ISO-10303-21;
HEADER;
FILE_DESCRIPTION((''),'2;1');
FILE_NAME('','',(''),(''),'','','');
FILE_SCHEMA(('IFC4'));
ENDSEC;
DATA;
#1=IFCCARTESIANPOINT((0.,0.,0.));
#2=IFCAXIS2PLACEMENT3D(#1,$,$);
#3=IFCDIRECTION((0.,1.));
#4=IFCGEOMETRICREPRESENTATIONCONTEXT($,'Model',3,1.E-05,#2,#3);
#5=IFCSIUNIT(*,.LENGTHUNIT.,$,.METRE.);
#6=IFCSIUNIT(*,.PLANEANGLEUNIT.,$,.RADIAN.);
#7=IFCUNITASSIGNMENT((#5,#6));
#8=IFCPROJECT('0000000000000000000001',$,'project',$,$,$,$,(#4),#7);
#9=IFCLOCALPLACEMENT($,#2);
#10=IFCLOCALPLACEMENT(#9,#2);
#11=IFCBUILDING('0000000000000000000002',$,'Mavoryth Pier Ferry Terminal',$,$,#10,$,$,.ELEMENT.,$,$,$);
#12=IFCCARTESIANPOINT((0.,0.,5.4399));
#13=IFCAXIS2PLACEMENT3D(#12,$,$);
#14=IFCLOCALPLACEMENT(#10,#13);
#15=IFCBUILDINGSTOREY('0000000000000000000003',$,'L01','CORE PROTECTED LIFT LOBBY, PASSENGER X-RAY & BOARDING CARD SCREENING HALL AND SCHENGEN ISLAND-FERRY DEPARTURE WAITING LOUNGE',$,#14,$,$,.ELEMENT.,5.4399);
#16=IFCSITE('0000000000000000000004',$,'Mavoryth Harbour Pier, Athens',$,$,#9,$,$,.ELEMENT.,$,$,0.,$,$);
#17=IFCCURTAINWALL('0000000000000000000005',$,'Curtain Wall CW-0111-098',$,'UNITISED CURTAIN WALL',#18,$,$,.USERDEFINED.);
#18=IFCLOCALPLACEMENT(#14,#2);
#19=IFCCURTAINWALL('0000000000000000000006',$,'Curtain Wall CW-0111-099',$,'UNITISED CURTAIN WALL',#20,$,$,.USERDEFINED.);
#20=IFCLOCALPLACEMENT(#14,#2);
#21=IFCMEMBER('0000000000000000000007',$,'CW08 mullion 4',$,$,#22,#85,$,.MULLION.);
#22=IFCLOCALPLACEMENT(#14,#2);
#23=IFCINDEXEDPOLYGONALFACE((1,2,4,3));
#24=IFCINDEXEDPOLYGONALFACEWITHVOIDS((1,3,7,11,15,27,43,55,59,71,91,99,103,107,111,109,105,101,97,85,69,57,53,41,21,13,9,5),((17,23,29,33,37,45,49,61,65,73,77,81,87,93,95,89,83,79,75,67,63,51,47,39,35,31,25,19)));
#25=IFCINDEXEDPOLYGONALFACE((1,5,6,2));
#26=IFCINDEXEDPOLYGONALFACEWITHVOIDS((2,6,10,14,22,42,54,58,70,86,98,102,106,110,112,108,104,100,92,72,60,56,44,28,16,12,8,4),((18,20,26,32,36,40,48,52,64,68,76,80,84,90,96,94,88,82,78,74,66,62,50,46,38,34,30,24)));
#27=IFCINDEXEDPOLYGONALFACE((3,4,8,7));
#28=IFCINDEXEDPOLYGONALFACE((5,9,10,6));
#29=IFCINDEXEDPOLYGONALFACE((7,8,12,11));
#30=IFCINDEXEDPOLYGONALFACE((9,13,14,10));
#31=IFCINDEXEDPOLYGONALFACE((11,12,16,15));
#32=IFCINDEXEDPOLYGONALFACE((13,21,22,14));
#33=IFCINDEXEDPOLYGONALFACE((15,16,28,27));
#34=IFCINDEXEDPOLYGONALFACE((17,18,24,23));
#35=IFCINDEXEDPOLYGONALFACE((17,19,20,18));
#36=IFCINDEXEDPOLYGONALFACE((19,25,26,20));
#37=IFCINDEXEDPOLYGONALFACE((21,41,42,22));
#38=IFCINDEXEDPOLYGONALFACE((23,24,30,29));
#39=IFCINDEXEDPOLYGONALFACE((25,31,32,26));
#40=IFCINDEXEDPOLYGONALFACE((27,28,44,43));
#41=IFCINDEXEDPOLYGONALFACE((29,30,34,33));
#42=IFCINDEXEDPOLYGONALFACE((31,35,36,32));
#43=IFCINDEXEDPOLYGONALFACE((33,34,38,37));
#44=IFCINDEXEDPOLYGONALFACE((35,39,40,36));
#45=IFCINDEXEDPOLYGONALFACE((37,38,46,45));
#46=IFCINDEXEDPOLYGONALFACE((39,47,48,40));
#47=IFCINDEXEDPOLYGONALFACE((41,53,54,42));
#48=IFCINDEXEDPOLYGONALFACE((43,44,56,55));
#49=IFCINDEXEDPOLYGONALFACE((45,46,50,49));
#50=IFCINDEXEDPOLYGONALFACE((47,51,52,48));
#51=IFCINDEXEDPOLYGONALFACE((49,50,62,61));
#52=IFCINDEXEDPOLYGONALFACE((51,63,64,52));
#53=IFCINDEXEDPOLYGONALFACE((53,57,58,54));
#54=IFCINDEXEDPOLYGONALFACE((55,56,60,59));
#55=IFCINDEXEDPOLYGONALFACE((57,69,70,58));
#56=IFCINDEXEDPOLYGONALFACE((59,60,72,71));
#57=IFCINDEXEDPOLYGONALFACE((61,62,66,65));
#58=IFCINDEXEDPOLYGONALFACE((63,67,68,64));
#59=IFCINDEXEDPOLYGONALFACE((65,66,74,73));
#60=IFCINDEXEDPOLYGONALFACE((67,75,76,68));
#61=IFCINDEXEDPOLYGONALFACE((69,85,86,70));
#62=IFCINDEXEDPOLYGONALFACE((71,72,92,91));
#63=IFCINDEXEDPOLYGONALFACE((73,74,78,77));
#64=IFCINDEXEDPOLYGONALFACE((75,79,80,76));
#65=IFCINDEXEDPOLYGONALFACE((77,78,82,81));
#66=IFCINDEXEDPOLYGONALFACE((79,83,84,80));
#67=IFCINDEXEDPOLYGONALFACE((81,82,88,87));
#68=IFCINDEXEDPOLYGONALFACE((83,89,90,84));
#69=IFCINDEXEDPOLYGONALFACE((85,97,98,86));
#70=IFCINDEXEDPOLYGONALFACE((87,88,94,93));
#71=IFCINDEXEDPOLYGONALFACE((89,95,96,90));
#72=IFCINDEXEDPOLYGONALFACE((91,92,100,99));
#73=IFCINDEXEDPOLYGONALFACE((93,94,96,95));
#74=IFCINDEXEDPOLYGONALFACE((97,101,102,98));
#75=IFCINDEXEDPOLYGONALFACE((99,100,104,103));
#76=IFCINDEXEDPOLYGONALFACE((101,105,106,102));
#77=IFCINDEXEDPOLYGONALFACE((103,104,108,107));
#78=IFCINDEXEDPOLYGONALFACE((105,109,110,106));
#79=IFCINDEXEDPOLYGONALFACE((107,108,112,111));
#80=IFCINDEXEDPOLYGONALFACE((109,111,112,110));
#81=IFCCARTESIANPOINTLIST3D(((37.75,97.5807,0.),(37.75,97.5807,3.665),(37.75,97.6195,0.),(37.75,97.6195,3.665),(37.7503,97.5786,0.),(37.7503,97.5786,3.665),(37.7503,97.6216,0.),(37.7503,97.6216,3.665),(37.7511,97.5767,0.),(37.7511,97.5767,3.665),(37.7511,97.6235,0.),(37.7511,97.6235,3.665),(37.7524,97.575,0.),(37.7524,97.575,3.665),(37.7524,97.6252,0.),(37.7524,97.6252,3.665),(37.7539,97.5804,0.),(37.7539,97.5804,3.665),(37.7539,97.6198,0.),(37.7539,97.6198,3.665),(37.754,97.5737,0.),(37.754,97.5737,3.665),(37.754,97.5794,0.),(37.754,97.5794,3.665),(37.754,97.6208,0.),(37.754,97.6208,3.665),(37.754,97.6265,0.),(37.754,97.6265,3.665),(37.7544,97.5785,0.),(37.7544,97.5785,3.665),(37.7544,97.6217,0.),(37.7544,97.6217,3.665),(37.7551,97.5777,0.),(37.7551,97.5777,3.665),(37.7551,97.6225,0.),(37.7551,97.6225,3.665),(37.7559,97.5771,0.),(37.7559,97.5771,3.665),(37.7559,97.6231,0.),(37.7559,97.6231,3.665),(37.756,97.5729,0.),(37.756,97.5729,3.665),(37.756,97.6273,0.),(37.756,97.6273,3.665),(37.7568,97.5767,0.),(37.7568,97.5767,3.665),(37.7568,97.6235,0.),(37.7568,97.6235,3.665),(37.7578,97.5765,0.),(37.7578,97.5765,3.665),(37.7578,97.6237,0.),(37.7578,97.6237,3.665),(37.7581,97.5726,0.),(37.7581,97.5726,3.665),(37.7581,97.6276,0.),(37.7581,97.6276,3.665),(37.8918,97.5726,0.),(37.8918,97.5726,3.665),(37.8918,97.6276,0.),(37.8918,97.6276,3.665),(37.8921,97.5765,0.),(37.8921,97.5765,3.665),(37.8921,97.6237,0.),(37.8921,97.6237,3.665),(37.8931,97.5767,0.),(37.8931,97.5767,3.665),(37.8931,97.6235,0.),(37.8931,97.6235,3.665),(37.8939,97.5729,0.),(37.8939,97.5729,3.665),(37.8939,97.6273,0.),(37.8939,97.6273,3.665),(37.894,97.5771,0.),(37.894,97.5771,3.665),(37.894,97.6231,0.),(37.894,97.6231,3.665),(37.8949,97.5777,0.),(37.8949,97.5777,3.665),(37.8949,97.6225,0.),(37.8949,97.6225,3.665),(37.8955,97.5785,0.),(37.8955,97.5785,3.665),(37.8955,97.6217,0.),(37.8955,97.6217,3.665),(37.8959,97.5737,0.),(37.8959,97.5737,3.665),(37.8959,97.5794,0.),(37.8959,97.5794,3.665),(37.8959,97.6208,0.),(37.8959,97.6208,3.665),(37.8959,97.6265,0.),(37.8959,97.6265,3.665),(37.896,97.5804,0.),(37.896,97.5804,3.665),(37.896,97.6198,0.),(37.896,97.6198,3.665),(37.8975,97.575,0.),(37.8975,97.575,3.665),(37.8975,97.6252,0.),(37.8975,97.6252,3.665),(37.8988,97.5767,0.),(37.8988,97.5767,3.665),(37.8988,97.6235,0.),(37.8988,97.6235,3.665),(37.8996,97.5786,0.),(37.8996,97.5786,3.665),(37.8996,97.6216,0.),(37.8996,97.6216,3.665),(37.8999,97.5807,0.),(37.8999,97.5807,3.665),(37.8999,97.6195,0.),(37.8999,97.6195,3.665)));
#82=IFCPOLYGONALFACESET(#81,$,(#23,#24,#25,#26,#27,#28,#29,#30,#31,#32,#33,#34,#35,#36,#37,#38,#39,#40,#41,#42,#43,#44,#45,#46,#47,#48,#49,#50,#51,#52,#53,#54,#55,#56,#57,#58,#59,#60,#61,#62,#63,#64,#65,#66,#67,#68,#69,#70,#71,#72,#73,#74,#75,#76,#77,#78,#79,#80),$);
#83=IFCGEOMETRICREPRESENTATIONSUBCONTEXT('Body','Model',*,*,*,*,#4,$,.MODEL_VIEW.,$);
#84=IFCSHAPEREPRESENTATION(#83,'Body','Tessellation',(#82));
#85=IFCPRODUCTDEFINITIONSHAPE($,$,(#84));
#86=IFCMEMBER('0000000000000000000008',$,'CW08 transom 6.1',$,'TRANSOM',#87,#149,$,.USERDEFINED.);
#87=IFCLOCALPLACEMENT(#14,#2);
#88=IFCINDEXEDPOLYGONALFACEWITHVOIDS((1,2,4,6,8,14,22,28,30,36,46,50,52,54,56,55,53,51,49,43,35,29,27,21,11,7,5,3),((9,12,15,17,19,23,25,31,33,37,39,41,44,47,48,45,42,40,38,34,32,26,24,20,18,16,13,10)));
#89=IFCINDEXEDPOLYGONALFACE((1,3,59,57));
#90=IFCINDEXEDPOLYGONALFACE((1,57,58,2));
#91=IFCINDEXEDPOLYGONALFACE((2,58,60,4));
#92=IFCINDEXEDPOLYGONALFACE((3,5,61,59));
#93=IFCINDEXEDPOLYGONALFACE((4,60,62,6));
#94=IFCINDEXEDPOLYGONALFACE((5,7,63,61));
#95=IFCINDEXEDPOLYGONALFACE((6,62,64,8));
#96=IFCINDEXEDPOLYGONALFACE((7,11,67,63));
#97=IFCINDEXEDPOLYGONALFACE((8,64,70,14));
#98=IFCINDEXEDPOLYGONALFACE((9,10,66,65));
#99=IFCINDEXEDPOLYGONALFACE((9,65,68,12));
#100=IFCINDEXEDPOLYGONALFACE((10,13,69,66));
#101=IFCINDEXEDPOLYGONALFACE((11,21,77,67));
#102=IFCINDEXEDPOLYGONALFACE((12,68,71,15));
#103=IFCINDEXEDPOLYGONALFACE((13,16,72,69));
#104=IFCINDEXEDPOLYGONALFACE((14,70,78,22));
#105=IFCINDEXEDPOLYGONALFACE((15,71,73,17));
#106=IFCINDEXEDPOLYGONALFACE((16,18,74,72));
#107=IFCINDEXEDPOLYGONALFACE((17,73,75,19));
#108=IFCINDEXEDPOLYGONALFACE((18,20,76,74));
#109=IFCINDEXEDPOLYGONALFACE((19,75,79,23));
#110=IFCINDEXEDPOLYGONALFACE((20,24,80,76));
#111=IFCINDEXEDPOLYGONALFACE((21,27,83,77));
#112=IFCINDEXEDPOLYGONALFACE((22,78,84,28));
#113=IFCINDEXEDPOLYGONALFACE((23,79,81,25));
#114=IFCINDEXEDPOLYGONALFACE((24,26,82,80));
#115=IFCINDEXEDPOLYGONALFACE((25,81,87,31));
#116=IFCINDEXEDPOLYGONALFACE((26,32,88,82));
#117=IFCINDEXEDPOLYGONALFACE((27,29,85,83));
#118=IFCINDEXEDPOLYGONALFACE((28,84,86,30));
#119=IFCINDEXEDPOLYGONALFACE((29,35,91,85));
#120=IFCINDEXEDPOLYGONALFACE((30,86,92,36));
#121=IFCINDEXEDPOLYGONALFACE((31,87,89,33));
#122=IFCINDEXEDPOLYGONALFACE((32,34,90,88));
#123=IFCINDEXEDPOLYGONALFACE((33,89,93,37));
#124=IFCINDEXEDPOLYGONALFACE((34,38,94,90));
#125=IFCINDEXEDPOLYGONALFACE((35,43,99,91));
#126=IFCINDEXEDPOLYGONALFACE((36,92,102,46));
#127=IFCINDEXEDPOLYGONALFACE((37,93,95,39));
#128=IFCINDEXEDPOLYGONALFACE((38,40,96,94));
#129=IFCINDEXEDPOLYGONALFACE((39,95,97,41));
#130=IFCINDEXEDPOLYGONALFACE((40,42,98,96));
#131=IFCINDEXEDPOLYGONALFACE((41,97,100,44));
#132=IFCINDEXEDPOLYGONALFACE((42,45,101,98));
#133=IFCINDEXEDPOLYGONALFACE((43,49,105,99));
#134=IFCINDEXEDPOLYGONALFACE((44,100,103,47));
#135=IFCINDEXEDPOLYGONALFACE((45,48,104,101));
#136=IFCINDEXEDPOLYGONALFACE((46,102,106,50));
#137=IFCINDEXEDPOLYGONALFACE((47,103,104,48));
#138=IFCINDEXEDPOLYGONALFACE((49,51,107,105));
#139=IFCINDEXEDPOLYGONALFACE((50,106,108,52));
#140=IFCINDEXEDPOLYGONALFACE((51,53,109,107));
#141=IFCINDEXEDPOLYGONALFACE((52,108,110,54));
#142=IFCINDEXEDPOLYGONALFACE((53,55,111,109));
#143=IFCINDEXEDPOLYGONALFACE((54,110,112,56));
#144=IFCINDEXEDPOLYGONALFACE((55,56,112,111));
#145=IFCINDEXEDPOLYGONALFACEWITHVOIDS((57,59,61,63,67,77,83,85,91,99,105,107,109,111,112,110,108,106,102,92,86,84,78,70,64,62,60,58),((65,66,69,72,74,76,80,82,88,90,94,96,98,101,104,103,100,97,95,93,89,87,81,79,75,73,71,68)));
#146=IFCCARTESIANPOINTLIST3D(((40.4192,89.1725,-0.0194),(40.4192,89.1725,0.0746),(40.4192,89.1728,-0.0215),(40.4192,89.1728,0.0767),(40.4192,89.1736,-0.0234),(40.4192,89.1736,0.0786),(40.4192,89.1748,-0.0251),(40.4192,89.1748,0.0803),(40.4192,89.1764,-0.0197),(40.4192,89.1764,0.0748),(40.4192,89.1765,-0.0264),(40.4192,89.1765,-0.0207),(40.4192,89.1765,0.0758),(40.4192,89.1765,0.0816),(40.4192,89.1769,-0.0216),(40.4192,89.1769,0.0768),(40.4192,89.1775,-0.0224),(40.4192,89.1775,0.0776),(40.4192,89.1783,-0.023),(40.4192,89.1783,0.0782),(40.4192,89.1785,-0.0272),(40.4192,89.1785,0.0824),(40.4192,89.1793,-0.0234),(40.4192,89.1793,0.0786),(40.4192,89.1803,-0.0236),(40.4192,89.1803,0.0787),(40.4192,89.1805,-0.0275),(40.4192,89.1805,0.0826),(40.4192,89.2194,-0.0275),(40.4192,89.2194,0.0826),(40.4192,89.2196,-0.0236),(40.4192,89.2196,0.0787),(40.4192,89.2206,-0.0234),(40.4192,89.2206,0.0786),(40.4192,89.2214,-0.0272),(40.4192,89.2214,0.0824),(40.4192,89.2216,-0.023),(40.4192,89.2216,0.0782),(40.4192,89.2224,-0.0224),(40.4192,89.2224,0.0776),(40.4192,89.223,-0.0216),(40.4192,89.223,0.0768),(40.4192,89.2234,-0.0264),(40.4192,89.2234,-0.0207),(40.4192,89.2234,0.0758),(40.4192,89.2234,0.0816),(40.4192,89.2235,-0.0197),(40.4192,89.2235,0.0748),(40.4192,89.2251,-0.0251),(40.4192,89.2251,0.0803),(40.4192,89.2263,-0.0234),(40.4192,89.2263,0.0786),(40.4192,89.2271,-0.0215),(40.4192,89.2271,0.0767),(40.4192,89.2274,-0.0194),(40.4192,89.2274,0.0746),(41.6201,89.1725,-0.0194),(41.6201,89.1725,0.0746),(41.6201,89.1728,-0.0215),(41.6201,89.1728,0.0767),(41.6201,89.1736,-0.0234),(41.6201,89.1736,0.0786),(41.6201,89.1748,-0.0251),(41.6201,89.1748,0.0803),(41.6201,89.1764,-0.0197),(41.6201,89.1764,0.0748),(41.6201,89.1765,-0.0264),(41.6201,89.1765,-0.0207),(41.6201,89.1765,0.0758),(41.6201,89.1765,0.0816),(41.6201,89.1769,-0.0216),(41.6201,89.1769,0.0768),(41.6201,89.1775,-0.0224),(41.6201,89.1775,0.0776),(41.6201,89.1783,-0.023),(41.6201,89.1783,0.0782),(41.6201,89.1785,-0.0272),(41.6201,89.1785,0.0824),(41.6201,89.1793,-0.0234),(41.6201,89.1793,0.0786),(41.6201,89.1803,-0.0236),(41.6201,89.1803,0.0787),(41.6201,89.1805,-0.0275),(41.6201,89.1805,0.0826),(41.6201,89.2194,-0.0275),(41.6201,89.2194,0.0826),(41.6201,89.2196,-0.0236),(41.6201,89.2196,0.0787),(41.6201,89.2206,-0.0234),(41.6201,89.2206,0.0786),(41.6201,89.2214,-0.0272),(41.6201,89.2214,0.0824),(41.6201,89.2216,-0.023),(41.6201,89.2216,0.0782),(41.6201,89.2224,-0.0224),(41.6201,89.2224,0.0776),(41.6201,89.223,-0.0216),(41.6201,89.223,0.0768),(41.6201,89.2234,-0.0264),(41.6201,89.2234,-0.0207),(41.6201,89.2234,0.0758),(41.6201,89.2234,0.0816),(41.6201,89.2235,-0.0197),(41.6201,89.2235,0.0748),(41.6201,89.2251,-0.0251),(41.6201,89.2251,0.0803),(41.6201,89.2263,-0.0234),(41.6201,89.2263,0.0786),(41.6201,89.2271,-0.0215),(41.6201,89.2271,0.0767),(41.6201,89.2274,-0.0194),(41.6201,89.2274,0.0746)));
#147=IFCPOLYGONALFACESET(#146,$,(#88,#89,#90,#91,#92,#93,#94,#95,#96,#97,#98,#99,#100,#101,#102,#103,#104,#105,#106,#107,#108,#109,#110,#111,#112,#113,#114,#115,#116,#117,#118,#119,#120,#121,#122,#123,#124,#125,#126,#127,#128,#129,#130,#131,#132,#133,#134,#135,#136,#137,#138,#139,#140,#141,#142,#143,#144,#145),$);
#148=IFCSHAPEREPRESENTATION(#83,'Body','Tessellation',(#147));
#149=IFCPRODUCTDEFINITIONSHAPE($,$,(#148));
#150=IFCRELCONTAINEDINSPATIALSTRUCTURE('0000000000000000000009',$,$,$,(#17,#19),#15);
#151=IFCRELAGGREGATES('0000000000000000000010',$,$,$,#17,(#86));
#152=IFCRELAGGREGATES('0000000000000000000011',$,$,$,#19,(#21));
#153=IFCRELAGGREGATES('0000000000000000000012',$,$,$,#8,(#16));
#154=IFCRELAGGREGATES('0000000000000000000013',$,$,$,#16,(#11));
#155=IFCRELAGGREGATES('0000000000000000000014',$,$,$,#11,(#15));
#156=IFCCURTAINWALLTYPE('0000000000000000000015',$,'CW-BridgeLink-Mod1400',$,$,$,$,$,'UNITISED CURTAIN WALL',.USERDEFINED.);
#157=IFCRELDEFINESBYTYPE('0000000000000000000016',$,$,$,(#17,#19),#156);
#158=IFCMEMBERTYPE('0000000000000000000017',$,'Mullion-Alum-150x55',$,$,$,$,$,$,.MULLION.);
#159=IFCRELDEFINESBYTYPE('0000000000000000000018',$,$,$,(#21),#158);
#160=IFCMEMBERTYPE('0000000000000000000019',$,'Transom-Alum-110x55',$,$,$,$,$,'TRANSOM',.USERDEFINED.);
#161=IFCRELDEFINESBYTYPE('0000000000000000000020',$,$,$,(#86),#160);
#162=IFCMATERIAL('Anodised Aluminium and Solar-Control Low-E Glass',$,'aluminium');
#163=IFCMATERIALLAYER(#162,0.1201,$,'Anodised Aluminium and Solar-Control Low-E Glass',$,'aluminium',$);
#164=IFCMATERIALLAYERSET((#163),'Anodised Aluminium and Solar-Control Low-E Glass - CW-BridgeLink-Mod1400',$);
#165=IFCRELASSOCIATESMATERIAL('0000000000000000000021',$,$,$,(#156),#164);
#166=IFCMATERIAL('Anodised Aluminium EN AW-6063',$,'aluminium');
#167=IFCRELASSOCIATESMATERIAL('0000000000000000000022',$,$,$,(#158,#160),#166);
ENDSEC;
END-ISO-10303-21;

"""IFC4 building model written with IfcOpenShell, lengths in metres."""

from ifc_helpers import new_model, si_unit, direction, frame, origin, origin_2d, place, context, subcontext, project, spatial, hollow_rectangle, extrude, material, layer, layer_set, material_profile, profile_set, type_object, element, aggregate, save


model = new_model("IFC4")

# Units and contexts
model_context = context("Model", 3, precision=1e-05, world=origin(), true_north=direction((0.0, 1.0)))
body_context = subcontext(model_context, "Body", "Model", "MODEL_VIEW")
ifc_project = project(units=[si_unit("LENGTHUNIT", "METRE"), si_unit("PLANEANGLEUNIT", "RADIAN")], contexts=[model_context])

# Site, building, storey
site_placement = place(None, origin())
site = spatial("IfcSite", under=ifc_project, at=site_placement, Name="Mavoryth Harbour Pier, Athens", CompositionType="ELEMENT", RefElevation=0.0)
building_placement = place(site_placement, origin())
building = spatial("IfcBuilding", under=site, at=building_placement, Name="Mavoryth Pier Ferry Terminal", CompositionType="ELEMENT")
storey_placement = place(building_placement, frame((0.0, 0.0, 5.4399)))
storey = spatial("IfcBuildingStorey", under=building, at=storey_placement, Name="L01", Description="CORE PROTECTED LIFT LOBBY, PASSENGER X-RAY & BOARDING CARD SCREENING HALL AND SCHENGEN ISLAND-FERRY DEPARTURE WAITING LOUNGE", CompositionType="ELEMENT", Elevation=5.4399)

# Curtain wall
ifc_material_1 = material(Name="Anodised Aluminium and Solar-Control Low-E Glass", Category="aluminium")
ifc_layer_1 = layer(ifc_material_1, 0.1201, Name="Anodised Aluminium and Solar-Control Low-E Glass", Category="aluminium")
ifc_layer_set_1 = layer_set([ifc_layer_1], Name="Anodised Aluminium and Solar-Control Low-E Glass - CW-BridgeLink-Mod1400")
curtain_wall_type = type_object("IfcCurtainWallType", Name="CW-BridgeLink-Mod1400", ElementType="UNITISED CURTAIN WALL", PredefinedType="USERDEFINED", material=ifc_layer_set_1)
curtain_wall_1_placement = place(storey_placement, origin())
curtain_wall_1 = element("IfcCurtainWall", 1, at=curtain_wall_1_placement, inside=storey, type_object=curtain_wall_type, Name="Curtain Wall CW-0111-098", ObjectType="UNITISED CURTAIN WALL", PredefinedType="USERDEFINED")
ifc_material_2 = material(Name="Anodised Aluminium EN AW-6063", Category="aluminium")
ifc_material_profile_1 = material_profile(ifc_material_2, hollow_rectangle(XDim=0.0549, YDim=0.1499, WallThickness=0.0039, InnerFilletRadius=0.0039, OuterFilletRadius=0.0081, at=origin_2d()), Name="AL-MULL 150x55x4", Category="aluminium")
ifc_profile_set_1 = profile_set([ifc_material_profile_1], Name="Anodised Aluminium EN AW-6063 - AL-MULL 150x55x4")
member_type_1 = type_object("IfcMemberType", Name="Mullion-Alum-150x55", PredefinedType="MULLION", material=ifc_profile_set_1)

# Curtain wall, member
curtain_wall_2_placement = place(storey_placement, origin())
curtain_wall_2 = element("IfcCurtainWall", 2, at=curtain_wall_2_placement, inside=storey, type_object=curtain_wall_type, Name="Curtain Wall CW-0111-099", ObjectType="UNITISED CURTAIN WALL", PredefinedType="USERDEFINED")
member_1_placement = place(storey_placement, frame((37.825, 97.6001, 0.0), z_axis=(0.0, 0.0, 1.0), x_axis=(0.0, 1.0, 0.0)))
member_1 = element("IfcMember", 3, at=member_1_placement, type_object=member_type_1, Name="CW08 mullion 4", PredefinedType="MULLION", context=body_context, shape_type="SweptSolid", body=[
    extrude(hollow_rectangle(XDim=0.0549, YDim=0.1499, WallThickness=0.0039, InnerFilletRadius=0.0039, OuterFilletRadius=0.0081, at=origin_2d()), origin(), (0.0, 0.0, 1.0), 3.665),
])

# Member
ifc_material_profile_2 = material_profile(ifc_material_2, hollow_rectangle(XDim=0.0549, YDim=0.1101, WallThickness=0.0039, InnerFilletRadius=0.0039, OuterFilletRadius=0.0081, at=origin_2d()), Name="AL-TRAN 110x55x4", Category="aluminium")
ifc_profile_set_2 = profile_set([ifc_material_profile_2], Name="Anodised Aluminium EN AW-6063 - AL-TRAN 110x55x4")
member_type_2 = type_object("IfcMemberType", Name="Transom-Alum-110x55", ElementType="TRANSOM", PredefinedType="USERDEFINED", material=ifc_profile_set_2)
member_2_placement = place(storey_placement, frame((40.4192, 89.2, 0.0276), z_axis=(1.0, 0.0, 0.0), x_axis=(0.0, 1.0, 0.0)))
member_2 = element("IfcMember", 4, at=member_2_placement, type_object=member_type_2, Name="CW08 transom 6.1", ObjectType="TRANSOM", PredefinedType="USERDEFINED", context=body_context, shape_type="SweptSolid", body=[
    extrude(hollow_rectangle(XDim=0.0549, YDim=0.1101, WallThickness=0.0039, InnerFilletRadius=0.0039, OuterFilletRadius=0.0081, at=origin_2d()), origin(), (0.0, 0.0, 1.0), 1.2009),
])

aggregate(curtain_wall_1, [member_2])
aggregate(curtain_wall_2, [member_1])

save(model, "model.ifc")
